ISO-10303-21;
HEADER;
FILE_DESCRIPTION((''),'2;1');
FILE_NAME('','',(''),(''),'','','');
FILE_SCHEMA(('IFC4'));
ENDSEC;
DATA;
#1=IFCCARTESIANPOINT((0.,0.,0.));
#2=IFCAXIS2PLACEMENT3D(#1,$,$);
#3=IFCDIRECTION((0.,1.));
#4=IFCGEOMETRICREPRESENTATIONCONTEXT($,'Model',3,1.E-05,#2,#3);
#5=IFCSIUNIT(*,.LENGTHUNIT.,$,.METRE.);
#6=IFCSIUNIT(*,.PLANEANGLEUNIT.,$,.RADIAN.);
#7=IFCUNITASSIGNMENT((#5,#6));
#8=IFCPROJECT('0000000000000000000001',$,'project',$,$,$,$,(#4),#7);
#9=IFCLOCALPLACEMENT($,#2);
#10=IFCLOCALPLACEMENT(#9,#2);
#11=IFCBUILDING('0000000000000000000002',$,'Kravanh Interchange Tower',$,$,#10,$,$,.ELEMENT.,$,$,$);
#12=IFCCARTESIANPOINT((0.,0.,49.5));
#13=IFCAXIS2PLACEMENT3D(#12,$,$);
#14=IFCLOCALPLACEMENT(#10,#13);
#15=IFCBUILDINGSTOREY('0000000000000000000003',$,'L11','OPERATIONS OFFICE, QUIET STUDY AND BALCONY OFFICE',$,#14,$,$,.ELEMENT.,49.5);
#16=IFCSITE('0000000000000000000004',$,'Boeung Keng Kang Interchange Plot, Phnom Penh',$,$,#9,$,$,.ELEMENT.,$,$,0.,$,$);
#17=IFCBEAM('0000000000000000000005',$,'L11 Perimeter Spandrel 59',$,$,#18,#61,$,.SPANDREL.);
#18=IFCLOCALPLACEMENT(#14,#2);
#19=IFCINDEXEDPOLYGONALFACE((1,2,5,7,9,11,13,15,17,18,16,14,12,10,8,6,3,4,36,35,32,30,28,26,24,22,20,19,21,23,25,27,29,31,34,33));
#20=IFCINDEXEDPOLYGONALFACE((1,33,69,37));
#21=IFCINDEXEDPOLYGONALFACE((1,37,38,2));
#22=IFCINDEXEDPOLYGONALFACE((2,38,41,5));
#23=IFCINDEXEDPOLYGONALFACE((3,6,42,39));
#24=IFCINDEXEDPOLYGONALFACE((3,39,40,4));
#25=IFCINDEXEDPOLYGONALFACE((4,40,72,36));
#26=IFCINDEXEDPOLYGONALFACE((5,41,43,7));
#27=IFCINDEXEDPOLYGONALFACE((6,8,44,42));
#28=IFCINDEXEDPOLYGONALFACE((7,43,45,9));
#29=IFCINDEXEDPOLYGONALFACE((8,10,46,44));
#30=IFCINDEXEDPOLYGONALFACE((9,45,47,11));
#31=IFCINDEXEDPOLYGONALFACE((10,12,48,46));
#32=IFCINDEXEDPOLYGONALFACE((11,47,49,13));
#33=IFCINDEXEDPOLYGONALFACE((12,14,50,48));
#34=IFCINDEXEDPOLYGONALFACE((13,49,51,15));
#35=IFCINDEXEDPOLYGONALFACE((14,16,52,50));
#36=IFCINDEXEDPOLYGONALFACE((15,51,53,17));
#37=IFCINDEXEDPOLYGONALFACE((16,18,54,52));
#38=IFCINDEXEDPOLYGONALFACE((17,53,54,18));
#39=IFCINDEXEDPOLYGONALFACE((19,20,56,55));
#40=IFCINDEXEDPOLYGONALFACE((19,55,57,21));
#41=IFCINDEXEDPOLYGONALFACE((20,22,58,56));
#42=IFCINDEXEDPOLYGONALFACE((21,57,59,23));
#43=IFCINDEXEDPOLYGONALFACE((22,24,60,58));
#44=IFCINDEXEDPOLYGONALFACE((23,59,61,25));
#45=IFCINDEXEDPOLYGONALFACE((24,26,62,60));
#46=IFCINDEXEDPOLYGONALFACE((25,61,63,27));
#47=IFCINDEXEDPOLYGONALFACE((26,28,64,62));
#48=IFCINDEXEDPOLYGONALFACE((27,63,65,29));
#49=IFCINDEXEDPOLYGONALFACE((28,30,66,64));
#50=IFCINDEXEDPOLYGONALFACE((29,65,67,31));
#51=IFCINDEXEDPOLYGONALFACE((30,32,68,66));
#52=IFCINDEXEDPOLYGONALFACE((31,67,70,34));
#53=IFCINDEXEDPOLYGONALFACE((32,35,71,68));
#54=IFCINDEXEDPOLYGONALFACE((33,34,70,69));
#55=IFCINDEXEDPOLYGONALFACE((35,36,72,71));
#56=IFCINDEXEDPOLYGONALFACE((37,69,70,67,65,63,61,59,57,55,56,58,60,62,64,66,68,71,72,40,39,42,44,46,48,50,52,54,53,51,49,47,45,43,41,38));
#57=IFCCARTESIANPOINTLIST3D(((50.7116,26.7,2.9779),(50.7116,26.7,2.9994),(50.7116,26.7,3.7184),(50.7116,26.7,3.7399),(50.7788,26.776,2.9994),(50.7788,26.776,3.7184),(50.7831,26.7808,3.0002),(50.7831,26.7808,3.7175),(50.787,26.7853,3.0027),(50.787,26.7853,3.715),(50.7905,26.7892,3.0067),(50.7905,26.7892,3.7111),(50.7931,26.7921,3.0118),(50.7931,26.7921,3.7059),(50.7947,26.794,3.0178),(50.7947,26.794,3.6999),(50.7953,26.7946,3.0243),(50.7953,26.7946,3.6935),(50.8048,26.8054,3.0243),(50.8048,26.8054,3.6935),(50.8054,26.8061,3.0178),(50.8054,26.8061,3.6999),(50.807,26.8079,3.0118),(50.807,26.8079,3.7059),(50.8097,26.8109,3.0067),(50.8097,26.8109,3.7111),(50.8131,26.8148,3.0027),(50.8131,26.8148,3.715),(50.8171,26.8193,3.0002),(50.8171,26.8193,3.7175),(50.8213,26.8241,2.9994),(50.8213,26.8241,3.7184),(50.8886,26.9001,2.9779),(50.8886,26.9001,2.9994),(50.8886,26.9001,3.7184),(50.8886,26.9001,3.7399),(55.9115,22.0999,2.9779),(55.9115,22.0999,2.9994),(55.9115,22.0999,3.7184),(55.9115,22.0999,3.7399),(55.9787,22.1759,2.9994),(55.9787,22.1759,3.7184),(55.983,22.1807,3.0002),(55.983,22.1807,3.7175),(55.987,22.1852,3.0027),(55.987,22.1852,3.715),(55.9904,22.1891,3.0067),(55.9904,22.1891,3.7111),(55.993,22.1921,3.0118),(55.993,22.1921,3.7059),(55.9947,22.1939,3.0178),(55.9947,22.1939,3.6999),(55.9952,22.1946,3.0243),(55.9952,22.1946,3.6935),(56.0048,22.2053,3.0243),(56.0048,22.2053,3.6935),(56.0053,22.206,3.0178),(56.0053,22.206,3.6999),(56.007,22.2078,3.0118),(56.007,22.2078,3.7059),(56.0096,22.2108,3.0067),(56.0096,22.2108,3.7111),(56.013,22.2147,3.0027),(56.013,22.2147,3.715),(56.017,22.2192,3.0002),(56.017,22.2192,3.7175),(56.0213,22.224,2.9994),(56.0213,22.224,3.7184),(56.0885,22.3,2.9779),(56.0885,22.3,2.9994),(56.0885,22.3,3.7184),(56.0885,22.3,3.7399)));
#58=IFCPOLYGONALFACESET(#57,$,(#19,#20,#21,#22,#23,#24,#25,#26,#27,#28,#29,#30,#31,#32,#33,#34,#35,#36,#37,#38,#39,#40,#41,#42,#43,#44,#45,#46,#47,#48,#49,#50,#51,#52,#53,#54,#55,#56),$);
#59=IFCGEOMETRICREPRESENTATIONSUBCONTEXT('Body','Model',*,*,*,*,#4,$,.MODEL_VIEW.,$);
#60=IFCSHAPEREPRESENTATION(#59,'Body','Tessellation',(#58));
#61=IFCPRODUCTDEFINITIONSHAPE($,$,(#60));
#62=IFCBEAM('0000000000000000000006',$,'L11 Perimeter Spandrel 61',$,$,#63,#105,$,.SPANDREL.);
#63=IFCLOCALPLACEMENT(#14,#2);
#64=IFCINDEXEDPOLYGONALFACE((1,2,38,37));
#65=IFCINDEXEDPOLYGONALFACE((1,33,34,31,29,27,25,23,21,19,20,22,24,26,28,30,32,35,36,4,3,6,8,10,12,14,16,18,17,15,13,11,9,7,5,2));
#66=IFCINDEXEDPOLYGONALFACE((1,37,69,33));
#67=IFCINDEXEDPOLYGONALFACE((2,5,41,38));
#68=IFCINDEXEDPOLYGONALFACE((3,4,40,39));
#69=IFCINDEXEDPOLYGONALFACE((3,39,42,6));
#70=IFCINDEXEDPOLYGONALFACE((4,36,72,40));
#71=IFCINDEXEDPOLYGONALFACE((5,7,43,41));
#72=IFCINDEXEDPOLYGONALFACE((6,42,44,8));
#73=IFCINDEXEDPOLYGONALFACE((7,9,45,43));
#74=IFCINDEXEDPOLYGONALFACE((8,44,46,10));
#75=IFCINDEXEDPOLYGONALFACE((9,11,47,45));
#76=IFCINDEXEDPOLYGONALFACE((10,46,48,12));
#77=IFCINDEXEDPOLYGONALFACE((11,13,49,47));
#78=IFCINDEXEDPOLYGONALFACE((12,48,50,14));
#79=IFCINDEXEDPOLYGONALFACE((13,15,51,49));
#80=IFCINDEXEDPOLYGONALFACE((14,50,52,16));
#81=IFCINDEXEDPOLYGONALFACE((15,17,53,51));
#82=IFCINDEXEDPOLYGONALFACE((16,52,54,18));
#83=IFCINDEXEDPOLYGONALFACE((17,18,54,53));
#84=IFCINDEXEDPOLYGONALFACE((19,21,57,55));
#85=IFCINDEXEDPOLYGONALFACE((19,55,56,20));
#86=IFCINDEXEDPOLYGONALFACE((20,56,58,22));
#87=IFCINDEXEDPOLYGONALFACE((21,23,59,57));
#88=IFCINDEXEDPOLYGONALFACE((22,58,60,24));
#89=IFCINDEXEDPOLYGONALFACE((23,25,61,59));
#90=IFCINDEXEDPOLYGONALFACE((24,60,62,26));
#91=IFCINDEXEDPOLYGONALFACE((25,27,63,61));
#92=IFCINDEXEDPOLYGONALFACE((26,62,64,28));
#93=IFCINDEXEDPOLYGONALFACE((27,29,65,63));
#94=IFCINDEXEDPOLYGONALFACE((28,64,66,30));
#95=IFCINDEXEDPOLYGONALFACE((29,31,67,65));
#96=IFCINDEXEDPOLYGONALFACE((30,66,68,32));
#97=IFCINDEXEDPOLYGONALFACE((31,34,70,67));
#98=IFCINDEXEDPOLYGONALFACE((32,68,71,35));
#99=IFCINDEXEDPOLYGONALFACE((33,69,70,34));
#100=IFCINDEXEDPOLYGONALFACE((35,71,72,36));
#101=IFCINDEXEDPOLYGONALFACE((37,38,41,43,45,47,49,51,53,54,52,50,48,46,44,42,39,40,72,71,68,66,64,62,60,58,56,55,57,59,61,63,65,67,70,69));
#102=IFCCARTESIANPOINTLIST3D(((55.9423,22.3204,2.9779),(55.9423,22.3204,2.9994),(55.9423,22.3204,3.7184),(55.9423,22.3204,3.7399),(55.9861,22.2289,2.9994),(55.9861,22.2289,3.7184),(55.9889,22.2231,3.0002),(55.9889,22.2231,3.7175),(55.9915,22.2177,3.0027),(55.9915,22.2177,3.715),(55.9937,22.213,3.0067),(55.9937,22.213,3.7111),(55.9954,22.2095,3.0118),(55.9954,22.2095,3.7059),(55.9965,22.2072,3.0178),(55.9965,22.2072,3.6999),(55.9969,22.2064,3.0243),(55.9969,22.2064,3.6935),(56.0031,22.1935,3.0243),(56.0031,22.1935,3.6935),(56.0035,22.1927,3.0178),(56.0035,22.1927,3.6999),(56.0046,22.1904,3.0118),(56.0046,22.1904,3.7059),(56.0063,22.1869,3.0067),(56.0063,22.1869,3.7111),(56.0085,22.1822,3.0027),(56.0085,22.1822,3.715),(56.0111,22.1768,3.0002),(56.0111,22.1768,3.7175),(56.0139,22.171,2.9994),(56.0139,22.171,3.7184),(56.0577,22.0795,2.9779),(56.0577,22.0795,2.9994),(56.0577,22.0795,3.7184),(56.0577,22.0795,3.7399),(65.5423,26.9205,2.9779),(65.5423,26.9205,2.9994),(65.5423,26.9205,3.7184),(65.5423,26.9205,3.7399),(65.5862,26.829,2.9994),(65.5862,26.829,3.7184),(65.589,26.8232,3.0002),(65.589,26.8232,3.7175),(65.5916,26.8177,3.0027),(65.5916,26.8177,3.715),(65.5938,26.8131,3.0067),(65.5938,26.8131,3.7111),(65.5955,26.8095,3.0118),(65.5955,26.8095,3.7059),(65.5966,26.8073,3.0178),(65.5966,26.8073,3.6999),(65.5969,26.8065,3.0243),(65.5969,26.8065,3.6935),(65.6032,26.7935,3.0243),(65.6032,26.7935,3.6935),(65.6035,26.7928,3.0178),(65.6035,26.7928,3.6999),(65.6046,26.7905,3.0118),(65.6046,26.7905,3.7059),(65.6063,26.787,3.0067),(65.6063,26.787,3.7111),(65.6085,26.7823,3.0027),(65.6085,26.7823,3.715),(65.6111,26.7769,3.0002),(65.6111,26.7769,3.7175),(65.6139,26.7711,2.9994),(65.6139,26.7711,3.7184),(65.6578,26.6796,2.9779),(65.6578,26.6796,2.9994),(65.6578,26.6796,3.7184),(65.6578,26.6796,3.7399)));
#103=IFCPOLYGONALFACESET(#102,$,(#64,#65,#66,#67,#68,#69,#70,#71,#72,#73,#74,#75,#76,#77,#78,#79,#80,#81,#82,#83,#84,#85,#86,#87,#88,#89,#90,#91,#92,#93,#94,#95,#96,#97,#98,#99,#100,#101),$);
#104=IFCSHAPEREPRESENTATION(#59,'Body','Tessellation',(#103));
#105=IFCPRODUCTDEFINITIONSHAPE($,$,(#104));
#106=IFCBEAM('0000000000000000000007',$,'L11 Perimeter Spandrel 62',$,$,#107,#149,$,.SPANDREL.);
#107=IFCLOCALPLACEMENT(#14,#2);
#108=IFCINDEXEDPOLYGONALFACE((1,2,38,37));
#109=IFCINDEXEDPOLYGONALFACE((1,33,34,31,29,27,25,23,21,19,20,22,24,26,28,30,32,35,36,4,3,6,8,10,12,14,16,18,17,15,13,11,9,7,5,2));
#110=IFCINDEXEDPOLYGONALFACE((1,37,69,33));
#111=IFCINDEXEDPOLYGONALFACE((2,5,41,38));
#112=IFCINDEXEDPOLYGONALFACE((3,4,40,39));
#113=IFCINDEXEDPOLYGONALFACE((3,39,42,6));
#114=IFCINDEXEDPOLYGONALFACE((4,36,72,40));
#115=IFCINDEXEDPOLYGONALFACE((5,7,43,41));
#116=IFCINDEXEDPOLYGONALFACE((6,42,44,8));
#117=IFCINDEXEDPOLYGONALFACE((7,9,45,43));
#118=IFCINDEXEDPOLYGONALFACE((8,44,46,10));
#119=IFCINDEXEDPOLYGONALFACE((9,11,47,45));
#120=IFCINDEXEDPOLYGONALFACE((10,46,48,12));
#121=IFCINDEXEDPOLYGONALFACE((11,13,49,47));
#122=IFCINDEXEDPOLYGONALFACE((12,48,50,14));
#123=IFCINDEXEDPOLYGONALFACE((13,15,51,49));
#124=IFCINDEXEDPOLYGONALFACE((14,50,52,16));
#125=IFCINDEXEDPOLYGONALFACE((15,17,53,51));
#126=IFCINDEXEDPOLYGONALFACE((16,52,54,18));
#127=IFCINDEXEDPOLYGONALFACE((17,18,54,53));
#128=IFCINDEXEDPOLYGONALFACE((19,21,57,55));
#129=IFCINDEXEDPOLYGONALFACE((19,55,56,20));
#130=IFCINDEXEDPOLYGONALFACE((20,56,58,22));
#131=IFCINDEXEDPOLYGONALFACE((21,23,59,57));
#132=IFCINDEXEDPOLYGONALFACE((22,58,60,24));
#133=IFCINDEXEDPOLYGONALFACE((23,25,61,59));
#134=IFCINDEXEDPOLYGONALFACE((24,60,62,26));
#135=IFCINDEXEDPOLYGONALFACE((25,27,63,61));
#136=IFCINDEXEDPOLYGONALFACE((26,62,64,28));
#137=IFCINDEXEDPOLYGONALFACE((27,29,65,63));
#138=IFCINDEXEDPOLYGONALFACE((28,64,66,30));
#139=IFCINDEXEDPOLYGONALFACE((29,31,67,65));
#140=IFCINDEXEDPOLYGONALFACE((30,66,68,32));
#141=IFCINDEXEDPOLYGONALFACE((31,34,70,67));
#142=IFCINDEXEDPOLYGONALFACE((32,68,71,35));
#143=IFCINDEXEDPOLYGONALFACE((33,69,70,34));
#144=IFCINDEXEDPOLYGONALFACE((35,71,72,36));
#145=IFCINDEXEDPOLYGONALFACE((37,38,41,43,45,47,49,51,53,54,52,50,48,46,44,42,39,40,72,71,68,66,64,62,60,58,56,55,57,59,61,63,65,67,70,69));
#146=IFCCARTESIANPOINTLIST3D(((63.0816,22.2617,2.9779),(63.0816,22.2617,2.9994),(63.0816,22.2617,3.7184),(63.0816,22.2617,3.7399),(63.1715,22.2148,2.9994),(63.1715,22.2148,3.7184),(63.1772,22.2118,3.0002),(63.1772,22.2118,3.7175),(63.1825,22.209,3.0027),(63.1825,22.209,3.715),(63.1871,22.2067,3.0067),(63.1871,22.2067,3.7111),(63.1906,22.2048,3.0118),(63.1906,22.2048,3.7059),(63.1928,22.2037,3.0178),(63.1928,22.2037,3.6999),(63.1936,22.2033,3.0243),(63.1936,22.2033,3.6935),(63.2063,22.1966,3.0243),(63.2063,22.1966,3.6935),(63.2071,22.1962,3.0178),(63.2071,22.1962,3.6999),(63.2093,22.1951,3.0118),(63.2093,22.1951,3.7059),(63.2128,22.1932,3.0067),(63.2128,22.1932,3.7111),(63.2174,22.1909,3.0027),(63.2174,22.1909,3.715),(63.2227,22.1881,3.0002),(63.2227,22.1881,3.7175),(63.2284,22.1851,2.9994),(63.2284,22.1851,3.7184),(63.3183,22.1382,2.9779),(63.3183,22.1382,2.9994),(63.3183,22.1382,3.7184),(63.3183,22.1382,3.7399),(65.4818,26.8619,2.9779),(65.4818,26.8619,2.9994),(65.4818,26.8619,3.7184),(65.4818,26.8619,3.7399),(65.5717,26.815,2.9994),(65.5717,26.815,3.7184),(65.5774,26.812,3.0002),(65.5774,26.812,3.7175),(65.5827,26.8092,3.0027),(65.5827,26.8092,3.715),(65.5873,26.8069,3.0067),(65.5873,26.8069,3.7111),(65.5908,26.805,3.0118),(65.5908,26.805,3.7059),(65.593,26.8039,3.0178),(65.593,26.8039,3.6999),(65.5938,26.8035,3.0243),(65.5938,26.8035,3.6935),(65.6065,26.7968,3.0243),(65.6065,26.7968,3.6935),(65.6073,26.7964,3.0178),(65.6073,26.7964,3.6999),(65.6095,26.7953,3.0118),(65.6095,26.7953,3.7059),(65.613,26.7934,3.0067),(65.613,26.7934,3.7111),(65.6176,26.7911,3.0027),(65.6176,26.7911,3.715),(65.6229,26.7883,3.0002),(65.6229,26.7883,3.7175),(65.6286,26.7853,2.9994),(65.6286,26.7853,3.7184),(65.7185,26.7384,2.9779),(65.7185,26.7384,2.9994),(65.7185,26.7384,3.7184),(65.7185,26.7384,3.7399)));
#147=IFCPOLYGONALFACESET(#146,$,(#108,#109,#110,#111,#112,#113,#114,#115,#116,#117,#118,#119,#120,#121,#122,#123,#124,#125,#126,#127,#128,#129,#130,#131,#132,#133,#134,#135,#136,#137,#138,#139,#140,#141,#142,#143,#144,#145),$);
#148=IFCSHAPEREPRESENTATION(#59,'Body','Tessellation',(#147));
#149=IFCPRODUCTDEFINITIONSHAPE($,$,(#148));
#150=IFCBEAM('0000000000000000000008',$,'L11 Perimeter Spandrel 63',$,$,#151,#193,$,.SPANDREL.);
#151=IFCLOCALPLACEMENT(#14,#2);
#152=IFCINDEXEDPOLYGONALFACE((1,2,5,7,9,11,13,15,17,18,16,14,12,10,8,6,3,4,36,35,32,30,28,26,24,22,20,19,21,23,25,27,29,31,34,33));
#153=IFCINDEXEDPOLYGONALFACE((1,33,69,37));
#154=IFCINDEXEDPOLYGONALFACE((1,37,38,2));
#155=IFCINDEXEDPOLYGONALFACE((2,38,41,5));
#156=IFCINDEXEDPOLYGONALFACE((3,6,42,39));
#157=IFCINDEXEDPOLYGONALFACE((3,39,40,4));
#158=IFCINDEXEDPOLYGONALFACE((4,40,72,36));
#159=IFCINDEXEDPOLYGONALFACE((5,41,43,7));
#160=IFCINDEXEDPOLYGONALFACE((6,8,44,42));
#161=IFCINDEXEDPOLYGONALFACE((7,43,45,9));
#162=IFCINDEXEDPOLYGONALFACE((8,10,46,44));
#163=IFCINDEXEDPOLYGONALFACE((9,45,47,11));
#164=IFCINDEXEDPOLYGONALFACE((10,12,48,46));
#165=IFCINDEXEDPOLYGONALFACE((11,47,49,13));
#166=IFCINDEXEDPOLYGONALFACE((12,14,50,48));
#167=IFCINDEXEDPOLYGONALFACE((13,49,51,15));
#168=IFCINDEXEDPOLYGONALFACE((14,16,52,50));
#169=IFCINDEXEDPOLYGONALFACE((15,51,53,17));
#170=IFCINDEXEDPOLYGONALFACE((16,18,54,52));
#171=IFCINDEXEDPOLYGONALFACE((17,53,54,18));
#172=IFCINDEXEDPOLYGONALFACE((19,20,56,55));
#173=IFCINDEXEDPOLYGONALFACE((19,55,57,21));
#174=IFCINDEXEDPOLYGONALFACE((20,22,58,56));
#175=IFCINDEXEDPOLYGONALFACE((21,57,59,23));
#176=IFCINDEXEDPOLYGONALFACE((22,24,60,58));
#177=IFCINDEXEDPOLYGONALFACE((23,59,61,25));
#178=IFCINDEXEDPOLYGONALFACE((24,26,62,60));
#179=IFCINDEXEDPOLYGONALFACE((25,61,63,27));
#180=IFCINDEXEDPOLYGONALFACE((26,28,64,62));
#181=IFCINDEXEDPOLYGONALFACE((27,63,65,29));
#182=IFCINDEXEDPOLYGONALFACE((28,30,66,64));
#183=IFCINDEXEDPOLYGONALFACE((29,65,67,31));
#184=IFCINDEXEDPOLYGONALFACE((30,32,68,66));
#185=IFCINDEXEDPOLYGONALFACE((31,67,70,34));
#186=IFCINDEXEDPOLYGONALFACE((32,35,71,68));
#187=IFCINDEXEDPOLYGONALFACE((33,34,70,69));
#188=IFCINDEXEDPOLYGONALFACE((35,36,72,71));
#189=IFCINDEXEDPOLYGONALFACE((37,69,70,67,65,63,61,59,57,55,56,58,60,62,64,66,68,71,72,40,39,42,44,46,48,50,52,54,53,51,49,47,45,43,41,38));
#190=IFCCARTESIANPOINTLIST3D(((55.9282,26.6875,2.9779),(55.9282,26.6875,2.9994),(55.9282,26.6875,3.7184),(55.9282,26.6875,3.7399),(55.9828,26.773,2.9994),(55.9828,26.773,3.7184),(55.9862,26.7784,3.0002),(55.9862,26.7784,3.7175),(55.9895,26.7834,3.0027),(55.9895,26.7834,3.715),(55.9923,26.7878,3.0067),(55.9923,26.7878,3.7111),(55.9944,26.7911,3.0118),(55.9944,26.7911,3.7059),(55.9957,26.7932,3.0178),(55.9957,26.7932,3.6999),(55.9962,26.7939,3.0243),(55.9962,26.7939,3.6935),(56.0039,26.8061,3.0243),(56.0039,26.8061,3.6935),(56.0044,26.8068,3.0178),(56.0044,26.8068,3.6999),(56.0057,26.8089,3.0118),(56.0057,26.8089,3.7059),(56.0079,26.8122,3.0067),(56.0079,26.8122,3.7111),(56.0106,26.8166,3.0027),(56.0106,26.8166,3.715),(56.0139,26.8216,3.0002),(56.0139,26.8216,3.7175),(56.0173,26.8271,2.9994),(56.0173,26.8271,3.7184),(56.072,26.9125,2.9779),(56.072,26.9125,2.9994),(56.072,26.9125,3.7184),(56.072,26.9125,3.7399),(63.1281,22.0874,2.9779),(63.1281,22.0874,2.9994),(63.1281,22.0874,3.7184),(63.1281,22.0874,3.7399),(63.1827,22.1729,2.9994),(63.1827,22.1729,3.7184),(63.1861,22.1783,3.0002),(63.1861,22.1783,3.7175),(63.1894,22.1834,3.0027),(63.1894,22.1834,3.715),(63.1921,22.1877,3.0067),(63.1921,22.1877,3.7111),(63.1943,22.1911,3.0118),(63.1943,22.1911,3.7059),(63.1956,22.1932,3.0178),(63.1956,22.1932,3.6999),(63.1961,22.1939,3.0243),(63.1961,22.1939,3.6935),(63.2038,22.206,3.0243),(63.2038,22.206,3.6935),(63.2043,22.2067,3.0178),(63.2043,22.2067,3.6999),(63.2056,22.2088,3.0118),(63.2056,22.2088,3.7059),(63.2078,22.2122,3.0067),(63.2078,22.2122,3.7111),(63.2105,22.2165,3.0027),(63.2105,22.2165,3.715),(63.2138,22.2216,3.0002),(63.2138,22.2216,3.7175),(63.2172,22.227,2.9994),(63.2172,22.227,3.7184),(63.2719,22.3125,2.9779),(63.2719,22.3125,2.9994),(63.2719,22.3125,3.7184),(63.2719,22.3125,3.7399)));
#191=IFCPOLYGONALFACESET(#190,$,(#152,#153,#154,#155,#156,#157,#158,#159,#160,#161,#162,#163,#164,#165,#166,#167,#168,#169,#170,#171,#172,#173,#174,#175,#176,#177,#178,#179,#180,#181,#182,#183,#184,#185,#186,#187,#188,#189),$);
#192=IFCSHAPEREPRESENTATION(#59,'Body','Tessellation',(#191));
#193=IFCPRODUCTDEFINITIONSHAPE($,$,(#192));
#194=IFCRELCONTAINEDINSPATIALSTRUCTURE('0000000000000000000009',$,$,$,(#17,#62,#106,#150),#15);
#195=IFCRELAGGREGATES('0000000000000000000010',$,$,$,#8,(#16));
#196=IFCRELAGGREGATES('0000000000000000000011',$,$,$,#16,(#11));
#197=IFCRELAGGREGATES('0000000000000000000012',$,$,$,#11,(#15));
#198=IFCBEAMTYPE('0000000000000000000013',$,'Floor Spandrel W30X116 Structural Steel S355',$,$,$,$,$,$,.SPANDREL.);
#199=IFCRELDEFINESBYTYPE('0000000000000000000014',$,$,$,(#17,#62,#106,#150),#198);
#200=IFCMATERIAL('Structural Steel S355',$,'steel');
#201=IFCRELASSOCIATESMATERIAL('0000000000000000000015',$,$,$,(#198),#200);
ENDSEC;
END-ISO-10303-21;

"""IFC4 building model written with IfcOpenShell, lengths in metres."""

from ifc_helpers import new_model, si_unit, direction, frame, origin, origin_2d, place, context, subcontext, project, spatial, i_section, extrude, material, material_profile, profile_set, type_object, element, save


model = new_model("IFC4")

# Units and contexts
model_context = context("Model", 3, precision=1e-05, world=origin(), true_north=direction((0.0, 1.0)))
body_context = subcontext(model_context, "Body", "Model", "MODEL_VIEW")
ifc_project = project(units=[si_unit("LENGTHUNIT", "METRE"), si_unit("PLANEANGLEUNIT", "RADIAN")], contexts=[model_context])

# Site, building, storey
site_placement = place(None, origin())
site = spatial("IfcSite", under=ifc_project, at=site_placement, Name="Boeung Keng Kang Interchange Plot, Phnom Penh", CompositionType="ELEMENT", RefElevation=0.0)
building_placement = place(site_placement, origin())
building = spatial("IfcBuilding", under=site, at=building_placement, Name="Kravanh Interchange Tower", CompositionType="ELEMENT")
storey_placement = place(building_placement, frame((0.0, 0.0, 49.5)))
storey = spatial("IfcBuildingStorey", under=building, at=storey_placement, Name="L11", Description="OPERATIONS OFFICE, QUIET STUDY AND BALCONY OFFICE", CompositionType="ELEMENT", Elevation=49.5)

# Beams
ifc_material_1 = material(Name="Structural Steel S355", Category="steel")
ifc_material_profile_1 = material_profile(ifc_material_1, i_section(OverallWidth=0.2671, OverallDepth=0.762, WebThickness=0.0144, FlangeThickness=0.0215, FilletRadius=0.0249, at=origin_2d()), Name="W30X116")
ifc_profile_set_1 = profile_set([ifc_material_profile_1], Name="Structural Steel S355")
beam_type_1 = type_object("IfcBeamType", Name="Floor Spandrel W30X116 Structural Steel S355", PredefinedType="SPANDREL", material=ifc_profile_set_1)
beam_1_placement = place(storey_placement, frame((56.0, 22.2, 3.3589), z_axis=(-0.748986, 0.662585, 0.0), x_axis=(-0.662585, -0.748986, 0.0)))
element("IfcBeam", 1, at=beam_1_placement, inside=storey, type_object=beam_type_1, Name="L11 Perimeter Spandrel 59", PredefinedType="SPANDREL", context=body_context, shape_type="SweptSolid", body=[
    extrude(i_section(OverallWidth=0.2671, OverallDepth=0.762, WebThickness=0.0144, FlangeThickness=0.0215, FilletRadius=0.0249, at=origin_2d()), origin(), (0.0, 0.0, 1.0), 6.9426),
])
beam_2_placement = place(storey_placement, frame((56.0, 22.2, 3.3589), z_axis=(0.901814, 0.432124, 0.0), x_axis=(-0.432124, 0.901814, 0.0)))
element("IfcBeam", 2, at=beam_2_placement, inside=storey, type_object=beam_type_1, Name="L11 Perimeter Spandrel 61", PredefinedType="SPANDREL", context=body_context, shape_type="SweptSolid", body=[
    extrude(i_section(OverallWidth=0.2671, OverallDepth=0.762, WebThickness=0.0144, FlangeThickness=0.0215, FilletRadius=0.0249, at=origin_2d()), origin(), (0.0, 0.0, 1.0), 10.6453),
])
beam_3_placement = place(storey_placement, frame((63.2, 22.2, 3.3589), z_axis=(0.46258, 0.886577, 0.0), x_axis=(-0.886577, 0.46258, 0.0)))
element("IfcBeam", 3, at=beam_3_placement, inside=storey, type_object=beam_type_1, Name="L11 Perimeter Spandrel 62", PredefinedType="SPANDREL", context=body_context, shape_type="SweptSolid", body=[
    extrude(i_section(OverallWidth=0.2671, OverallDepth=0.762, WebThickness=0.0144, FlangeThickness=0.0215, FilletRadius=0.0249, at=origin_2d()), origin(), (0.0, 0.0, 1.0), 5.1887),
])
beam_4_placement = place(storey_placement, frame((63.2, 22.2, 3.3589), z_axis=(-0.842689, 0.5384, 0.0), x_axis=(-0.5384, -0.842689, 0.0)))
element("IfcBeam", 4, at=beam_4_placement, inside=storey, type_object=beam_type_1, Name="L11 Perimeter Spandrel 63", PredefinedType="SPANDREL", context=body_context, shape_type="SweptSolid", body=[
    extrude(i_section(OverallWidth=0.2671, OverallDepth=0.762, WebThickness=0.0144, FlangeThickness=0.0215, FilletRadius=0.0249, at=origin_2d()), origin(), (0.0, 0.0, 1.0), 8.5439),
])

save(model, "model.ifc")
